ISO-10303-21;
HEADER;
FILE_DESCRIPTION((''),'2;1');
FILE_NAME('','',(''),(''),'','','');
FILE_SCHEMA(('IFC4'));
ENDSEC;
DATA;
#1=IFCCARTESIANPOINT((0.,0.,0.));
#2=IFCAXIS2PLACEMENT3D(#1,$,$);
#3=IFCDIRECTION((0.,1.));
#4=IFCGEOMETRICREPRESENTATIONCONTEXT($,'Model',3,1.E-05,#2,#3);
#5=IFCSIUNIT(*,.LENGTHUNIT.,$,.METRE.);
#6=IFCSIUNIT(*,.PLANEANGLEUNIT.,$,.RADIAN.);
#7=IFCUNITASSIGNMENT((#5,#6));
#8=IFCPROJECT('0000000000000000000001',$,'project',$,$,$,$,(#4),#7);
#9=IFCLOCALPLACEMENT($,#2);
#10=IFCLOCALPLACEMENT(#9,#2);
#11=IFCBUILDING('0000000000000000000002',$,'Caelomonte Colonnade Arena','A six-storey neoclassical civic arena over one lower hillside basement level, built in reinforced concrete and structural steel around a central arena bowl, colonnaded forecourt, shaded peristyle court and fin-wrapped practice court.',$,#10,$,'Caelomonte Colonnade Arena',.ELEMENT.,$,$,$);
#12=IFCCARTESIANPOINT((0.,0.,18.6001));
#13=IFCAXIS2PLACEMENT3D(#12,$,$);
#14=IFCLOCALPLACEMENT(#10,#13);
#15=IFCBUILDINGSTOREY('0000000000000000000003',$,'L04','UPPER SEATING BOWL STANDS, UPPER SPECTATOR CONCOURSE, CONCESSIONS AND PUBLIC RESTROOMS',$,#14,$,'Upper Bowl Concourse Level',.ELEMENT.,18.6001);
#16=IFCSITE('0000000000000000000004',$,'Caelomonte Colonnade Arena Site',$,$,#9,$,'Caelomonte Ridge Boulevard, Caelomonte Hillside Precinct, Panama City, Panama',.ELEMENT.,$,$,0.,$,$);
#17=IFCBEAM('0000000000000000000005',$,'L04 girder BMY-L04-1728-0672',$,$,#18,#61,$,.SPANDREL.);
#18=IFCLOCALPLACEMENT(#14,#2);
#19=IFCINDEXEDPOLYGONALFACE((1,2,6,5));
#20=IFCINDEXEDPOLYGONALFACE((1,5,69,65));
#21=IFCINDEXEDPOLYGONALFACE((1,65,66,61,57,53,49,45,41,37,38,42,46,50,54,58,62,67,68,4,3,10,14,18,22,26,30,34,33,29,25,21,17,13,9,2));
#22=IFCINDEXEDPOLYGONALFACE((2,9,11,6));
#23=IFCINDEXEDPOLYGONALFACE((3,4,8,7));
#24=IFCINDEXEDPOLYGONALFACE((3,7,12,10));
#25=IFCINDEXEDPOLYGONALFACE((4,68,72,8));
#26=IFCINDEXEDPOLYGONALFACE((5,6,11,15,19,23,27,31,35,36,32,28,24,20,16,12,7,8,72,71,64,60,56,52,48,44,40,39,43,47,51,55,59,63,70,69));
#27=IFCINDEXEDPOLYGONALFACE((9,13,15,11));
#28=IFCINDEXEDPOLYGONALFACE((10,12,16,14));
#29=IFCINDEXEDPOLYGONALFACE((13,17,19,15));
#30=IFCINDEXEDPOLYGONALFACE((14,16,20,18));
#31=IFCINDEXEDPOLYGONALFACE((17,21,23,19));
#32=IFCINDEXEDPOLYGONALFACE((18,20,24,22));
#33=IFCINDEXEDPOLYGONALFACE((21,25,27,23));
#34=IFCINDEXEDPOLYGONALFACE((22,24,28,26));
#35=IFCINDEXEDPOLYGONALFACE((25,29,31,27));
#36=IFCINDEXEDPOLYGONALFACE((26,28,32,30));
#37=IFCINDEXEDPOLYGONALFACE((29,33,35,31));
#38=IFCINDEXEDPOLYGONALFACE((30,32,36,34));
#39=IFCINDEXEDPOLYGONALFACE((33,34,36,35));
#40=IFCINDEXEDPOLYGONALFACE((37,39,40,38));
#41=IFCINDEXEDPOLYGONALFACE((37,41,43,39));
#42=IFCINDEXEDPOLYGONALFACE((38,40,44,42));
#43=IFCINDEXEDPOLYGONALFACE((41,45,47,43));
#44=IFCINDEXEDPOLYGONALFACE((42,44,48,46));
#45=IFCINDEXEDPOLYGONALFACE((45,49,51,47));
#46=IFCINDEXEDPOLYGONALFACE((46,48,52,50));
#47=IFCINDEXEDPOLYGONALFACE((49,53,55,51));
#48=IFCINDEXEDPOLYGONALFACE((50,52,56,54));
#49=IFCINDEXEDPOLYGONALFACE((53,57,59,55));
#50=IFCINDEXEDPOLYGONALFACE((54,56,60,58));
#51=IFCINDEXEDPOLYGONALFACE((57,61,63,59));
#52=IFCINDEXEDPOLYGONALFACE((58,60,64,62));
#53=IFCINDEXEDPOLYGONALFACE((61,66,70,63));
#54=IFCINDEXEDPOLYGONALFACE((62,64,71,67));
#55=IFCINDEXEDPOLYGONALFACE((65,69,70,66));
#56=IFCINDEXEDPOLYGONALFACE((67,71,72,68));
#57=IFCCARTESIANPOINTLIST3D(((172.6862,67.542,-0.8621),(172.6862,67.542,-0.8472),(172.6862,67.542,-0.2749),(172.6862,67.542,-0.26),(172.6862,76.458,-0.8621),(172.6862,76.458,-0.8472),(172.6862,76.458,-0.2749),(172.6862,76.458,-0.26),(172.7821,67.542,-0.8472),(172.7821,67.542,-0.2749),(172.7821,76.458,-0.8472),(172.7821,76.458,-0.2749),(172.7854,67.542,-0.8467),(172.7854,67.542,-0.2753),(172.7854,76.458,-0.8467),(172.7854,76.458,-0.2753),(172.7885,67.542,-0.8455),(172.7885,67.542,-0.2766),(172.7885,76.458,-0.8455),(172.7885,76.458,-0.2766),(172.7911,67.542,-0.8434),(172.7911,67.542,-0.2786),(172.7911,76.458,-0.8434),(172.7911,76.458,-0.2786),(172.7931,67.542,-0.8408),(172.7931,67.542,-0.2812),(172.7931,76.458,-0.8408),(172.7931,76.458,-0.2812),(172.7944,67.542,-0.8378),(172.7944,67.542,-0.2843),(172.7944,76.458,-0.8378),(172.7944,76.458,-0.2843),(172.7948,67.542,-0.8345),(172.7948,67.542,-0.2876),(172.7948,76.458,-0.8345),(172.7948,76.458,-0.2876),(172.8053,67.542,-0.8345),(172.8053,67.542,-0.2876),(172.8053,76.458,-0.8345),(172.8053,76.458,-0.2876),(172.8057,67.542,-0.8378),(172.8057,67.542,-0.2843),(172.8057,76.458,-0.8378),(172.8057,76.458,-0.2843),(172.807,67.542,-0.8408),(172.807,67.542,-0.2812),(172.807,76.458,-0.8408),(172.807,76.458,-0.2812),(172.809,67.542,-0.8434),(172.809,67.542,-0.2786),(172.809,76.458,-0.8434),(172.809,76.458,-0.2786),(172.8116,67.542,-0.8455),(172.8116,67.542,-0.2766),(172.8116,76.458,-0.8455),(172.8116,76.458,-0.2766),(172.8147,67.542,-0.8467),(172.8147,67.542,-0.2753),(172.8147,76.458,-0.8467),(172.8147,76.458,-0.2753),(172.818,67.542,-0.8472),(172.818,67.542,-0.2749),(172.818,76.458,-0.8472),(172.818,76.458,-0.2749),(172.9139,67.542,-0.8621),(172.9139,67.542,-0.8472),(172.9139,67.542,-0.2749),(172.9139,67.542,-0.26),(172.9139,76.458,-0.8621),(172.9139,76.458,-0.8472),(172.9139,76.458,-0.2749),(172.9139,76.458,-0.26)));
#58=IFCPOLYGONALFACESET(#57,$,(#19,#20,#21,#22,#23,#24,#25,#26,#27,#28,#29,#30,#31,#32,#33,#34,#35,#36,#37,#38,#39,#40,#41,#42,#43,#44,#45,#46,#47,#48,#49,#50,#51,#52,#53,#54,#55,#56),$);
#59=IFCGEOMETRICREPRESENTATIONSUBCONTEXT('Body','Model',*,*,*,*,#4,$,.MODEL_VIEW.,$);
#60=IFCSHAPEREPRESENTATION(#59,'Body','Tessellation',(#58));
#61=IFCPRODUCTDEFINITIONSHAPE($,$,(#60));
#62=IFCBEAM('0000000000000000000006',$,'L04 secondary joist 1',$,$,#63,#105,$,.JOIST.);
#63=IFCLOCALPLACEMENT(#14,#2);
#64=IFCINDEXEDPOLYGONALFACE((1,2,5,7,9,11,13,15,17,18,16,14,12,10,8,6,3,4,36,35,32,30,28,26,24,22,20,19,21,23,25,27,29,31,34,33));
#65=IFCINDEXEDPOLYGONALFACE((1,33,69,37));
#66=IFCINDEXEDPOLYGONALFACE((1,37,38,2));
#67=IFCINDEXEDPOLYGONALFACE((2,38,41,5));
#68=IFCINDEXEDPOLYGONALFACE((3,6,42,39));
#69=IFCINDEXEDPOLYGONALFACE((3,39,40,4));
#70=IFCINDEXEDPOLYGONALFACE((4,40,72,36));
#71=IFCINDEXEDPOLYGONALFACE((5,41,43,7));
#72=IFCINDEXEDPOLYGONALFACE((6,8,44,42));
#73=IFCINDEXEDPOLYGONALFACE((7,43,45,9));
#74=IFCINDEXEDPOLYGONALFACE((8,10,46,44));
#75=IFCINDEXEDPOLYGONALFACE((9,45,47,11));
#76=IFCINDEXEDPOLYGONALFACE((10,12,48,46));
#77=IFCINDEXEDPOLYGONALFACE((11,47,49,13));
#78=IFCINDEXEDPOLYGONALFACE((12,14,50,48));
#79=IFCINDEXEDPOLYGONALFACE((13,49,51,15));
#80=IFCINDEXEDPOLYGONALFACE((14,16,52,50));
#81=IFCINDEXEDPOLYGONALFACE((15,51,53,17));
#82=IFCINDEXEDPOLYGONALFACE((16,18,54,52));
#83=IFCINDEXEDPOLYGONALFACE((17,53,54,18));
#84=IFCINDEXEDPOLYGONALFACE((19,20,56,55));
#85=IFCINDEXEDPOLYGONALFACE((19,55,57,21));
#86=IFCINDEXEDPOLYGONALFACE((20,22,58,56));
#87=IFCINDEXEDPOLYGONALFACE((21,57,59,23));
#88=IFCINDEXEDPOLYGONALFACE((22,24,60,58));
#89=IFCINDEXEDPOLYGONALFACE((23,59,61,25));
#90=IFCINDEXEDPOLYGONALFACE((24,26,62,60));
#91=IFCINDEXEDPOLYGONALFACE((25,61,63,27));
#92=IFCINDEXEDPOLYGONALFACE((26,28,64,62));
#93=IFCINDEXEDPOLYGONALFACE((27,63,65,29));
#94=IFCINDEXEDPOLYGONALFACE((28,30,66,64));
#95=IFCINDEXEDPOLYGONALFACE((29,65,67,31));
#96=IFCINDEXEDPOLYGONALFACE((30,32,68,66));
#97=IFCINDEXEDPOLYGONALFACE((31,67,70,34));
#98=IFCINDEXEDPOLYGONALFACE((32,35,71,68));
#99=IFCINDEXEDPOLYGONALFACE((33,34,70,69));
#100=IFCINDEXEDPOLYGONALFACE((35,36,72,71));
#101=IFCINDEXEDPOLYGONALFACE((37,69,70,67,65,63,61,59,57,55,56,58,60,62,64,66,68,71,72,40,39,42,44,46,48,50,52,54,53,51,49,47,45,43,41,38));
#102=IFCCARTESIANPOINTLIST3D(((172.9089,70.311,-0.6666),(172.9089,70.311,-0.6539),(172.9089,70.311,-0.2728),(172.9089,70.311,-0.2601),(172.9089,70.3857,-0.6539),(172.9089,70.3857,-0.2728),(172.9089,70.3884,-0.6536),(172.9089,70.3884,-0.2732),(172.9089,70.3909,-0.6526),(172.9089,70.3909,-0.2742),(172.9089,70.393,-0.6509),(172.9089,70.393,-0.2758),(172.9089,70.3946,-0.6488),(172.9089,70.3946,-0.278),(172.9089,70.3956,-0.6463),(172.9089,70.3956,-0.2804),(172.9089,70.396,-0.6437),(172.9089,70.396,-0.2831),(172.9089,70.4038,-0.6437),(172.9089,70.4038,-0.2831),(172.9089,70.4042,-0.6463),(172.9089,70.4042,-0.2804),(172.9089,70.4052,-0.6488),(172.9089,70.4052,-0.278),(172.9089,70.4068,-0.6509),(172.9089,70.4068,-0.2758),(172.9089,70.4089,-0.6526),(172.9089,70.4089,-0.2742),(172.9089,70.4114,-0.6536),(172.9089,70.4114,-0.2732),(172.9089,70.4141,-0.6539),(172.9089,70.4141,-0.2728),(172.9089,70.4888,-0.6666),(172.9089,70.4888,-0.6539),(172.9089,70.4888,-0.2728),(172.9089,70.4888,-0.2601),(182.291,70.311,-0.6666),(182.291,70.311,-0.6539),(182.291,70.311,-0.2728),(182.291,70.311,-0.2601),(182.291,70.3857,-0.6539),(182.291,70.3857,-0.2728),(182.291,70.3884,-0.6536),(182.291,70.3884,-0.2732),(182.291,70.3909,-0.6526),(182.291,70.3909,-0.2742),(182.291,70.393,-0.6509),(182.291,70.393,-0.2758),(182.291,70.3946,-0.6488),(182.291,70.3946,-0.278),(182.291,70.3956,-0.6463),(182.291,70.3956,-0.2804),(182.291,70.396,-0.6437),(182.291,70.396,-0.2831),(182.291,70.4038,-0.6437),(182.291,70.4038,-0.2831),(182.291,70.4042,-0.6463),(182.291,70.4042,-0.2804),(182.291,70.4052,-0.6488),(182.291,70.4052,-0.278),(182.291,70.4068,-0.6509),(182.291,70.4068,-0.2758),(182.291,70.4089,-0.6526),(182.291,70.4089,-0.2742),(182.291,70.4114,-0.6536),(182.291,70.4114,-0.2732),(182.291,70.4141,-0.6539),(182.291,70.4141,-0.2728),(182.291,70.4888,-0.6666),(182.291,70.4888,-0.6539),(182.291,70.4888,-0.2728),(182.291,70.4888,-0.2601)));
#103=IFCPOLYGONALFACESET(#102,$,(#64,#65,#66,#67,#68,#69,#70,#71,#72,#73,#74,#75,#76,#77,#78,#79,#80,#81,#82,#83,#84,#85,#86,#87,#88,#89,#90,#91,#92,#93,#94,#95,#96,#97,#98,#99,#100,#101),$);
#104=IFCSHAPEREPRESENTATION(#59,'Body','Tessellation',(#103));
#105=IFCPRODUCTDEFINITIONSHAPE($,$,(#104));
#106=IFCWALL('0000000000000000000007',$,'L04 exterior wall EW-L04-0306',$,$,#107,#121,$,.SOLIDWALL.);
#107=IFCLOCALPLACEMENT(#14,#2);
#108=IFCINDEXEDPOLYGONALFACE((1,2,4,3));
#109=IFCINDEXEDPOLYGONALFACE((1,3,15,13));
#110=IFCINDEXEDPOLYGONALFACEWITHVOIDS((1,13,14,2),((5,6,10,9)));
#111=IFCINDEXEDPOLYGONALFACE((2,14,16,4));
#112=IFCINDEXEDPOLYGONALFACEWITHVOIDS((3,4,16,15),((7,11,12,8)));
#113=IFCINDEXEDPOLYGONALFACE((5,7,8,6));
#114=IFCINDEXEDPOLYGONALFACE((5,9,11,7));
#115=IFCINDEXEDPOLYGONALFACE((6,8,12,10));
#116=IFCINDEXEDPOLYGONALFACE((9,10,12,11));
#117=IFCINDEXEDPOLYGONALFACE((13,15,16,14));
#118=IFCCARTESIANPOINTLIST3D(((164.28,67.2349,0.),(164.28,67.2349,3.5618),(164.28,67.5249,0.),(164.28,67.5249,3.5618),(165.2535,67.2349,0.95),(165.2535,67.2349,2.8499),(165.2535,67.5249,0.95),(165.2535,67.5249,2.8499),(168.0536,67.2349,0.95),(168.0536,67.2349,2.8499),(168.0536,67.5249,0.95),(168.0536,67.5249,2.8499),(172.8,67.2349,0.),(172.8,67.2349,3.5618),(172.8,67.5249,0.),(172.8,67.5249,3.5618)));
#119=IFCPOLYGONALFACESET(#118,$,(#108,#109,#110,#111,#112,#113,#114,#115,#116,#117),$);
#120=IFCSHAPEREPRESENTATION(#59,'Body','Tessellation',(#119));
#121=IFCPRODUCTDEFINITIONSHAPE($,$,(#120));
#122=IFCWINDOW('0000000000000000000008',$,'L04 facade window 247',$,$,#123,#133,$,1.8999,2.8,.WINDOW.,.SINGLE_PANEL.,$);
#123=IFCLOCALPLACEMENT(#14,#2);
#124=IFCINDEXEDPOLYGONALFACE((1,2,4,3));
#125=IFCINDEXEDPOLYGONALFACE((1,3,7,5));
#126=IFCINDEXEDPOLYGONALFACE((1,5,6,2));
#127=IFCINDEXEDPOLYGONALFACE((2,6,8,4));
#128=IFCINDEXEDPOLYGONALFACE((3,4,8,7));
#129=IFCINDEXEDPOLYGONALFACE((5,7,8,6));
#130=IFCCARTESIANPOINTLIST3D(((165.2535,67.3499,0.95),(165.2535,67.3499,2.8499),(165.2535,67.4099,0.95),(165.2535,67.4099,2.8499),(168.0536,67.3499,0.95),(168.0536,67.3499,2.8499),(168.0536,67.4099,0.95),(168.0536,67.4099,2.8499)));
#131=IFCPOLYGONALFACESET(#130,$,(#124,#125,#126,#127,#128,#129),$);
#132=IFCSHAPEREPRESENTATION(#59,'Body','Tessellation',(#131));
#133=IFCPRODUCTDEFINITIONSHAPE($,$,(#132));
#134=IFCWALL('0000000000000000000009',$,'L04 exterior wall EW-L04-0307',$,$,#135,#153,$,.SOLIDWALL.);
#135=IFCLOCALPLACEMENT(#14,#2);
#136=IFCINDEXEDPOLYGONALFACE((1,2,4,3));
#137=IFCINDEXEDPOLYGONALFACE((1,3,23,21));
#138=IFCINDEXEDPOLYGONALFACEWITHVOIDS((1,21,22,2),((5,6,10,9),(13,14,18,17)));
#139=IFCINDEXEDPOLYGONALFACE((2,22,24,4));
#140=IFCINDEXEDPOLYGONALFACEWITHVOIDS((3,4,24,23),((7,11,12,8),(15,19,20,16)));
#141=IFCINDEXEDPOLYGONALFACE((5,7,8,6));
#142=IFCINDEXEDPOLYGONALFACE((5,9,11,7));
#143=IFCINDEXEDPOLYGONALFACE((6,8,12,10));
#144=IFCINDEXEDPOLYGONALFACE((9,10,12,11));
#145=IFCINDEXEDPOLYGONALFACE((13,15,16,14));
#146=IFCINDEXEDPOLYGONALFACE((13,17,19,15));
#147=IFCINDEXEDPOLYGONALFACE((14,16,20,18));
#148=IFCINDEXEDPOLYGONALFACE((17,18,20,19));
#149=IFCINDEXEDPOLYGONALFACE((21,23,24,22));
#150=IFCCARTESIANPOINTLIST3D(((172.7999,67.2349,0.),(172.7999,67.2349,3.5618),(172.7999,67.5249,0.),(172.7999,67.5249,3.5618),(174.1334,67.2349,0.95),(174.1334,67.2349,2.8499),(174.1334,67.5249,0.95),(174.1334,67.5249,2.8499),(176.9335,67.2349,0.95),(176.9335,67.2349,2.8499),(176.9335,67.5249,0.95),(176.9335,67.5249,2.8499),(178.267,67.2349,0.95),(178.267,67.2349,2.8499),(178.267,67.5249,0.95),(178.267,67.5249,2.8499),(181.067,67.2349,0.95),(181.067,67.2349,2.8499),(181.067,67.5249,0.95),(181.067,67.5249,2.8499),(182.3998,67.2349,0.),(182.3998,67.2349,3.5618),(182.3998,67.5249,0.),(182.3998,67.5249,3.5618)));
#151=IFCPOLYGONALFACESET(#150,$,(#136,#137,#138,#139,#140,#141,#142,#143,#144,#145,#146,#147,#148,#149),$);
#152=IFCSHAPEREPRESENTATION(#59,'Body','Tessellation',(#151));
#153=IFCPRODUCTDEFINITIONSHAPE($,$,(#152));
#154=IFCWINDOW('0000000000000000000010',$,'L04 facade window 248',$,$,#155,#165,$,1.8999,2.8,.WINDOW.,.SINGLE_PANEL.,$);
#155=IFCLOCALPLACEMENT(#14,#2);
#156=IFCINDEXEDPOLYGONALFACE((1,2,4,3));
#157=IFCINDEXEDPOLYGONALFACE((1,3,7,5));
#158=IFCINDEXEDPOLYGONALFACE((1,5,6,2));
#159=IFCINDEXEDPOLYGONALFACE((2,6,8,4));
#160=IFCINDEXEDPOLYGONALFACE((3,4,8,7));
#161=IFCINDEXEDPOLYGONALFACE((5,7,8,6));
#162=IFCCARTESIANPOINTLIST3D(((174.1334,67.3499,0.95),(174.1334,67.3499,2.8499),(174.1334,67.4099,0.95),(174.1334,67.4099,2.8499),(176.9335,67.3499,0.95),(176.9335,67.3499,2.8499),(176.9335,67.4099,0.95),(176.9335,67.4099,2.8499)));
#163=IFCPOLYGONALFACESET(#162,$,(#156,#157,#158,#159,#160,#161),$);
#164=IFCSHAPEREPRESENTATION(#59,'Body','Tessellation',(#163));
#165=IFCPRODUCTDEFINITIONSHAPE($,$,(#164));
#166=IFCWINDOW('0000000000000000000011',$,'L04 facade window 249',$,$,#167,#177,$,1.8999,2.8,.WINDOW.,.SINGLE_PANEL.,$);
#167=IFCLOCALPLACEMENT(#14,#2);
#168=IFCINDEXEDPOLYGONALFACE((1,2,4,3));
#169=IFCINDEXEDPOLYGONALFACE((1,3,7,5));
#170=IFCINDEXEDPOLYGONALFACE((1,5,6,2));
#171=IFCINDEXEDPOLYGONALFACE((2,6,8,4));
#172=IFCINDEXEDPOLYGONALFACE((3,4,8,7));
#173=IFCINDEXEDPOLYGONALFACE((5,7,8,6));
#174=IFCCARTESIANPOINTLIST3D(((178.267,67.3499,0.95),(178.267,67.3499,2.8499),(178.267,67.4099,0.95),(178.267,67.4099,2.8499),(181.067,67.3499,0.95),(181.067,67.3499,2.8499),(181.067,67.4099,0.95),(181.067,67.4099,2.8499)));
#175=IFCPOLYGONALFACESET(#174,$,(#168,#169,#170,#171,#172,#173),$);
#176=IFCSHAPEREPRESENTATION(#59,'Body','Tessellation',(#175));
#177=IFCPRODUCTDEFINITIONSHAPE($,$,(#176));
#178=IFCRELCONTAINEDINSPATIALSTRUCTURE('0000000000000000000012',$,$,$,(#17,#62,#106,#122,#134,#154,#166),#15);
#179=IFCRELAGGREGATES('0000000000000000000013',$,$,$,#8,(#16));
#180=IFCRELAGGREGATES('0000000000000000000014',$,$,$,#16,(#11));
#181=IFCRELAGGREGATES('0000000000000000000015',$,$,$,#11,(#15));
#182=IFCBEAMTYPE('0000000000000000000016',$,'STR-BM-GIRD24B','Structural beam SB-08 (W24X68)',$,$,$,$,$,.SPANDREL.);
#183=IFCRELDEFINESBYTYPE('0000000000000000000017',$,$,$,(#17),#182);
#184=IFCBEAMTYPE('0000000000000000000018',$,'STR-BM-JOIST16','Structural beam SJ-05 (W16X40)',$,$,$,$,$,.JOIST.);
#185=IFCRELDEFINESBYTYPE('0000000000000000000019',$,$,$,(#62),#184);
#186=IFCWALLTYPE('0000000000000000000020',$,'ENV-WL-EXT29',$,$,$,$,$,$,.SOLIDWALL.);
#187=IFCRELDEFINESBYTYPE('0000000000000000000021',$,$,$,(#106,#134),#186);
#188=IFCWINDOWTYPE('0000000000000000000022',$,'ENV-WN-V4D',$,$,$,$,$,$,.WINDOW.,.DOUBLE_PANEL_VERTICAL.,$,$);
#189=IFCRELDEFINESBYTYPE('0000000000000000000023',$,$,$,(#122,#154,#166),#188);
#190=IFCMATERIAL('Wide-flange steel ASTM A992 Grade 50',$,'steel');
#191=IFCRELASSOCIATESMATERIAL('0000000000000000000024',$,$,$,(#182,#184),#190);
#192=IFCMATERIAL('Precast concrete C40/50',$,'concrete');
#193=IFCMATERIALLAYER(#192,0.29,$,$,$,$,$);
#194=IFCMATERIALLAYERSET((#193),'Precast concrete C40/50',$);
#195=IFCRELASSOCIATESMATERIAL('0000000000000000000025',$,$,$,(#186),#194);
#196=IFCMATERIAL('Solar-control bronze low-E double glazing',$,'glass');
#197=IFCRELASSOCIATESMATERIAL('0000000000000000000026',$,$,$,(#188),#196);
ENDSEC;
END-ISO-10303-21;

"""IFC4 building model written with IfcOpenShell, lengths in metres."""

from ifc_helpers import new_model, si_unit, direction, frame, frame_2d, origin, origin_2d, place, context, subcontext, project, spatial, rectangle, i_section, extrude, material, layer, layer_set, material_profile, profile_set, type_object, element, fill, save


model = new_model("IFC4")

# Units and contexts
model_context = context("Model", 3, precision=1e-05, world=origin(), true_north=direction((0.0, 1.0)))
body_context = subcontext(model_context, "Body", "Model", "MODEL_VIEW")
ifc_project = project(units=[si_unit("LENGTHUNIT", "METRE"), si_unit("PLANEANGLEUNIT", "RADIAN")], contexts=[model_context])

# Site, building, storey
site_placement = place(None, origin())
site = spatial("IfcSite", under=ifc_project, at=site_placement, Name="Caelomonte Colonnade Arena Site", LongName="Caelomonte Ridge Boulevard, Caelomonte Hillside Precinct, Panama City, Panama", CompositionType="ELEMENT", RefElevation=0.0)
building_placement = place(site_placement, origin())
building = spatial("IfcBuilding", under=site, at=building_placement, Name="Caelomonte Colonnade Arena", Description="A six-storey neoclassical civic arena over one lower hillside basement level, built in reinforced concrete and structural steel around a central arena bowl, colonnaded forecourt, shaded peristyle court and fin-wrapped practice court.", LongName="Caelomonte Colonnade Arena", CompositionType="ELEMENT")
storey_placement = place(building_placement, frame((0.0, 0.0, 18.6001)))
storey = spatial("IfcBuildingStorey", under=building, at=storey_placement, Name="L04", Description="UPPER SEATING BOWL STANDS, UPPER SPECTATOR CONCOURSE, CONCESSIONS AND PUBLIC RESTROOMS", LongName="Upper Bowl Concourse Level", CompositionType="ELEMENT", Elevation=18.6001)

# Beams
ifc_material_1 = material(Name="Wide-flange steel ASTM A992 Grade 50", Category="steel")
ifc_material_profile_1 = material_profile(ifc_material_1, i_section(OverallWidth=0.2278, OverallDepth=0.6021, WebThickness=0.0105, FlangeThickness=0.0149, FilletRadius=0.0127, at=origin_2d()), Name="W24X68")
ifc_profile_set_1 = profile_set([ifc_material_profile_1], Name="Wide-flange steel ASTM A992 Grade 50")
beam_type_1 = type_object("IfcBeamType", Name="STR-BM-GIRD24B", Description="Structural beam SB-08 (W24X68)", PredefinedType="SPANDREL", material=ifc_profile_set_1)
beam_1_placement = place(storey_placement, frame((172.8, 67.542, -0.561), z_axis=(0.0, 1.0, 0.0), x_axis=(-1.0, 0.0, 0.0)))
element("IfcBeam", 1, at=beam_1_placement, inside=storey, type_object=beam_type_1, Name="L04 girder BMY-L04-1728-0672", PredefinedType="SPANDREL", context=body_context, shape_type="SweptSolid", body=[
    extrude(i_section(OverallWidth=0.2278, OverallDepth=0.6021, WebThickness=0.0105, FlangeThickness=0.0149, FilletRadius=0.0127, at=origin_2d()), origin(), (0.0, 0.0, 1.0), 8.916),
])
ifc_material_profile_2 = material_profile(ifc_material_1, i_section(OverallWidth=0.1777, OverallDepth=0.4065, WebThickness=0.0078, FlangeThickness=0.0127, FilletRadius=0.0103, at=origin_2d()), Name="W16X40")
ifc_profile_set_2 = profile_set([ifc_material_profile_2], Name="Wide-flange steel ASTM A992 Grade 50")
beam_type_2 = type_object("IfcBeamType", Name="STR-BM-JOIST16", Description="Structural beam SJ-05 (W16X40)", PredefinedType="JOIST", material=ifc_profile_set_2)
beam_2_placement = place(storey_placement, frame((172.9089, 70.3999, -0.4634), z_axis=(1.0, 0.0, 0.0), x_axis=(0.0, 1.0, 0.0)))
element("IfcBeam", 2, at=beam_2_placement, inside=storey, type_object=beam_type_2, Name="L04 secondary joist 1", PredefinedType="JOIST", context=body_context, shape_type="SweptSolid", body=[
    extrude(i_section(OverallWidth=0.1777, OverallDepth=0.4065, WebThickness=0.0078, FlangeThickness=0.0127, FilletRadius=0.0103, at=origin_2d()), origin(), (0.0, 0.0, 1.0), 9.3821),
])

# Wall, opening, window
ifc_material_2 = material(Name="Precast concrete C40/50", Category="concrete")
ifc_layer_1 = layer(ifc_material_2, 0.29)
ifc_layer_set_1 = layer_set([ifc_layer_1], Name="Precast concrete C40/50")
wall_type_1 = type_object("IfcWallType", Name="ENV-WL-EXT29", PredefinedType="SOLIDWALL", material=ifc_layer_set_1)
wall_1_placement = place(storey_placement, frame((164.28, 67.3799, 0.0), z_axis=(0.0, 0.0, 1.0), x_axis=(1.0, 0.0, 0.0)))
wall_1 = element("IfcWall", 3, at=wall_1_placement, inside=storey, type_object=wall_type_1, Name="L04 exterior wall EW-L04-0306", PredefinedType="SOLIDWALL", context=body_context, shape_type="SweptSolid", body=[
    extrude(rectangle(XDim=8.52, YDim=0.29, at=frame_2d((4.26, 0.0))), origin(), (0.0, 0.0, 1.0), 3.5618),
])
opening_1_placement = place(wall_1_placement, frame((3.7734, 0.0, 0.95), z_axis=(0.0, 0.0, 1.0), x_axis=(-1.0, 0.0, 0.0)))
opening_1 = element("IfcOpeningElement", 4, at=opening_1_placement, cuts=wall_1, PredefinedType="OPENING", context=body_context, shape_type="SweptSolid", body=[
    extrude(rectangle(XDim=2.8, YDim=1.8999, at=frame_2d((1.3999, 0.95))), frame((0.0, 0.155, 0.0), z_axis=(0.0, -1.0, 0.0), x_axis=(1.0, 0.0, 0.0)), (0.0, 0.0, 1.0), 0.3101),
])
ifc_material_3 = material(Name="Solar-control bronze low-E double glazing", Category="glass")
window_type = type_object("IfcWindowType", Name="ENV-WN-V4D", PartitioningType="DOUBLE_PANEL_VERTICAL", PredefinedType="WINDOW", material=ifc_material_3)
window_1_placement = place(opening_1_placement, origin())
window_1 = element("IfcWindow", 5, at=window_1_placement, inside=storey, type_object=window_type, Name="L04 facade window 247", OverallHeight=1.8999, OverallWidth=2.8, PartitioningType="SINGLE_PANEL", PredefinedType="WINDOW", context=body_context, shape_type="SweptSolid", body=[
    extrude(rectangle(XDim=2.8, YDim=1.8999, at=frame_2d((1.3999, 0.95))), frame((0.0, 0.03, 0.0), z_axis=(0.0, -1.0, 0.0), x_axis=(1.0, 0.0, 0.0)), (0.0, 0.0, 1.0), 0.0601),
])
fill(opening_1, window_1)

# Wall, openings, windows
wall_2_placement = place(storey_placement, frame((172.8, 67.3799, 0.0), z_axis=(0.0, 0.0, 1.0), x_axis=(1.0, 0.0, 0.0)))
wall_2 = element("IfcWall", 6, at=wall_2_placement, inside=storey, type_object=wall_type_1, Name="L04 exterior wall EW-L04-0307", PredefinedType="SOLIDWALL", context=body_context, shape_type="SweptSolid", body=[
    extrude(rectangle(XDim=9.5999, YDim=0.29, at=frame_2d((4.7998, 0.0))), origin(), (0.0, 0.0, 1.0), 3.5618),
])
opening_2_placement = place(wall_2_placement, frame((4.1333, 0.0, 0.95), z_axis=(0.0, 0.0, 1.0), x_axis=(-1.0, 0.0, 0.0)))
opening_2 = element("IfcOpeningElement", 7, at=opening_2_placement, cuts=wall_2, PredefinedType="OPENING", context=body_context, shape_type="SweptSolid", body=[
    extrude(rectangle(XDim=2.8, YDim=1.8999, at=frame_2d((1.3999, 0.95))), frame((0.0, 0.155, 0.0), z_axis=(0.0, -1.0, 0.0), x_axis=(1.0, 0.0, 0.0)), (0.0, 0.0, 1.0), 0.3101),
])
opening_3_placement = place(wall_2_placement, frame((8.2668, 0.0, 0.95), z_axis=(0.0, 0.0, 1.0), x_axis=(-1.0, 0.0, 0.0)))
opening_3 = element("IfcOpeningElement", 8, at=opening_3_placement, cuts=wall_2, PredefinedType="OPENING", context=body_context, shape_type="SweptSolid", body=[
    extrude(rectangle(XDim=2.8, YDim=1.8999, at=frame_2d((1.3999, 0.95))), frame((0.0, 0.155, 0.0), z_axis=(0.0, -1.0, 0.0), x_axis=(1.0, 0.0, 0.0)), (0.0, 0.0, 1.0), 0.3101),
])
window_2_placement = place(opening_2_placement, origin())
window_2 = element("IfcWindow", 9, at=window_2_placement, inside=storey, type_object=window_type, Name="L04 facade window 248", OverallHeight=1.8999, OverallWidth=2.8, PartitioningType="SINGLE_PANEL", PredefinedType="WINDOW", context=body_context, shape_type="SweptSolid", body=[
    extrude(rectangle(XDim=2.8, YDim=1.8999, at=frame_2d((1.3999, 0.95))), frame((0.0, 0.03, 0.0), z_axis=(0.0, -1.0, 0.0), x_axis=(1.0, 0.0, 0.0)), (0.0, 0.0, 1.0), 0.0601),
])
fill(opening_2, window_2)
window_3_placement = place(opening_3_placement, origin())
window_3 = element("IfcWindow", 10, at=window_3_placement, inside=storey, type_object=window_type, Name="L04 facade window 249", OverallHeight=1.8999, OverallWidth=2.8, PartitioningType="SINGLE_PANEL", PredefinedType="WINDOW", context=body_context, shape_type="SweptSolid", body=[
    extrude(rectangle(XDim=2.8, YDim=1.8999, at=frame_2d((1.3999, 0.95))), frame((0.0, 0.03, 0.0), z_axis=(0.0, -1.0, 0.0), x_axis=(1.0, 0.0, 0.0)), (0.0, 0.0, 1.0), 0.0601),
])
fill(opening_3, window_3)

save(model, "model.ifc")
